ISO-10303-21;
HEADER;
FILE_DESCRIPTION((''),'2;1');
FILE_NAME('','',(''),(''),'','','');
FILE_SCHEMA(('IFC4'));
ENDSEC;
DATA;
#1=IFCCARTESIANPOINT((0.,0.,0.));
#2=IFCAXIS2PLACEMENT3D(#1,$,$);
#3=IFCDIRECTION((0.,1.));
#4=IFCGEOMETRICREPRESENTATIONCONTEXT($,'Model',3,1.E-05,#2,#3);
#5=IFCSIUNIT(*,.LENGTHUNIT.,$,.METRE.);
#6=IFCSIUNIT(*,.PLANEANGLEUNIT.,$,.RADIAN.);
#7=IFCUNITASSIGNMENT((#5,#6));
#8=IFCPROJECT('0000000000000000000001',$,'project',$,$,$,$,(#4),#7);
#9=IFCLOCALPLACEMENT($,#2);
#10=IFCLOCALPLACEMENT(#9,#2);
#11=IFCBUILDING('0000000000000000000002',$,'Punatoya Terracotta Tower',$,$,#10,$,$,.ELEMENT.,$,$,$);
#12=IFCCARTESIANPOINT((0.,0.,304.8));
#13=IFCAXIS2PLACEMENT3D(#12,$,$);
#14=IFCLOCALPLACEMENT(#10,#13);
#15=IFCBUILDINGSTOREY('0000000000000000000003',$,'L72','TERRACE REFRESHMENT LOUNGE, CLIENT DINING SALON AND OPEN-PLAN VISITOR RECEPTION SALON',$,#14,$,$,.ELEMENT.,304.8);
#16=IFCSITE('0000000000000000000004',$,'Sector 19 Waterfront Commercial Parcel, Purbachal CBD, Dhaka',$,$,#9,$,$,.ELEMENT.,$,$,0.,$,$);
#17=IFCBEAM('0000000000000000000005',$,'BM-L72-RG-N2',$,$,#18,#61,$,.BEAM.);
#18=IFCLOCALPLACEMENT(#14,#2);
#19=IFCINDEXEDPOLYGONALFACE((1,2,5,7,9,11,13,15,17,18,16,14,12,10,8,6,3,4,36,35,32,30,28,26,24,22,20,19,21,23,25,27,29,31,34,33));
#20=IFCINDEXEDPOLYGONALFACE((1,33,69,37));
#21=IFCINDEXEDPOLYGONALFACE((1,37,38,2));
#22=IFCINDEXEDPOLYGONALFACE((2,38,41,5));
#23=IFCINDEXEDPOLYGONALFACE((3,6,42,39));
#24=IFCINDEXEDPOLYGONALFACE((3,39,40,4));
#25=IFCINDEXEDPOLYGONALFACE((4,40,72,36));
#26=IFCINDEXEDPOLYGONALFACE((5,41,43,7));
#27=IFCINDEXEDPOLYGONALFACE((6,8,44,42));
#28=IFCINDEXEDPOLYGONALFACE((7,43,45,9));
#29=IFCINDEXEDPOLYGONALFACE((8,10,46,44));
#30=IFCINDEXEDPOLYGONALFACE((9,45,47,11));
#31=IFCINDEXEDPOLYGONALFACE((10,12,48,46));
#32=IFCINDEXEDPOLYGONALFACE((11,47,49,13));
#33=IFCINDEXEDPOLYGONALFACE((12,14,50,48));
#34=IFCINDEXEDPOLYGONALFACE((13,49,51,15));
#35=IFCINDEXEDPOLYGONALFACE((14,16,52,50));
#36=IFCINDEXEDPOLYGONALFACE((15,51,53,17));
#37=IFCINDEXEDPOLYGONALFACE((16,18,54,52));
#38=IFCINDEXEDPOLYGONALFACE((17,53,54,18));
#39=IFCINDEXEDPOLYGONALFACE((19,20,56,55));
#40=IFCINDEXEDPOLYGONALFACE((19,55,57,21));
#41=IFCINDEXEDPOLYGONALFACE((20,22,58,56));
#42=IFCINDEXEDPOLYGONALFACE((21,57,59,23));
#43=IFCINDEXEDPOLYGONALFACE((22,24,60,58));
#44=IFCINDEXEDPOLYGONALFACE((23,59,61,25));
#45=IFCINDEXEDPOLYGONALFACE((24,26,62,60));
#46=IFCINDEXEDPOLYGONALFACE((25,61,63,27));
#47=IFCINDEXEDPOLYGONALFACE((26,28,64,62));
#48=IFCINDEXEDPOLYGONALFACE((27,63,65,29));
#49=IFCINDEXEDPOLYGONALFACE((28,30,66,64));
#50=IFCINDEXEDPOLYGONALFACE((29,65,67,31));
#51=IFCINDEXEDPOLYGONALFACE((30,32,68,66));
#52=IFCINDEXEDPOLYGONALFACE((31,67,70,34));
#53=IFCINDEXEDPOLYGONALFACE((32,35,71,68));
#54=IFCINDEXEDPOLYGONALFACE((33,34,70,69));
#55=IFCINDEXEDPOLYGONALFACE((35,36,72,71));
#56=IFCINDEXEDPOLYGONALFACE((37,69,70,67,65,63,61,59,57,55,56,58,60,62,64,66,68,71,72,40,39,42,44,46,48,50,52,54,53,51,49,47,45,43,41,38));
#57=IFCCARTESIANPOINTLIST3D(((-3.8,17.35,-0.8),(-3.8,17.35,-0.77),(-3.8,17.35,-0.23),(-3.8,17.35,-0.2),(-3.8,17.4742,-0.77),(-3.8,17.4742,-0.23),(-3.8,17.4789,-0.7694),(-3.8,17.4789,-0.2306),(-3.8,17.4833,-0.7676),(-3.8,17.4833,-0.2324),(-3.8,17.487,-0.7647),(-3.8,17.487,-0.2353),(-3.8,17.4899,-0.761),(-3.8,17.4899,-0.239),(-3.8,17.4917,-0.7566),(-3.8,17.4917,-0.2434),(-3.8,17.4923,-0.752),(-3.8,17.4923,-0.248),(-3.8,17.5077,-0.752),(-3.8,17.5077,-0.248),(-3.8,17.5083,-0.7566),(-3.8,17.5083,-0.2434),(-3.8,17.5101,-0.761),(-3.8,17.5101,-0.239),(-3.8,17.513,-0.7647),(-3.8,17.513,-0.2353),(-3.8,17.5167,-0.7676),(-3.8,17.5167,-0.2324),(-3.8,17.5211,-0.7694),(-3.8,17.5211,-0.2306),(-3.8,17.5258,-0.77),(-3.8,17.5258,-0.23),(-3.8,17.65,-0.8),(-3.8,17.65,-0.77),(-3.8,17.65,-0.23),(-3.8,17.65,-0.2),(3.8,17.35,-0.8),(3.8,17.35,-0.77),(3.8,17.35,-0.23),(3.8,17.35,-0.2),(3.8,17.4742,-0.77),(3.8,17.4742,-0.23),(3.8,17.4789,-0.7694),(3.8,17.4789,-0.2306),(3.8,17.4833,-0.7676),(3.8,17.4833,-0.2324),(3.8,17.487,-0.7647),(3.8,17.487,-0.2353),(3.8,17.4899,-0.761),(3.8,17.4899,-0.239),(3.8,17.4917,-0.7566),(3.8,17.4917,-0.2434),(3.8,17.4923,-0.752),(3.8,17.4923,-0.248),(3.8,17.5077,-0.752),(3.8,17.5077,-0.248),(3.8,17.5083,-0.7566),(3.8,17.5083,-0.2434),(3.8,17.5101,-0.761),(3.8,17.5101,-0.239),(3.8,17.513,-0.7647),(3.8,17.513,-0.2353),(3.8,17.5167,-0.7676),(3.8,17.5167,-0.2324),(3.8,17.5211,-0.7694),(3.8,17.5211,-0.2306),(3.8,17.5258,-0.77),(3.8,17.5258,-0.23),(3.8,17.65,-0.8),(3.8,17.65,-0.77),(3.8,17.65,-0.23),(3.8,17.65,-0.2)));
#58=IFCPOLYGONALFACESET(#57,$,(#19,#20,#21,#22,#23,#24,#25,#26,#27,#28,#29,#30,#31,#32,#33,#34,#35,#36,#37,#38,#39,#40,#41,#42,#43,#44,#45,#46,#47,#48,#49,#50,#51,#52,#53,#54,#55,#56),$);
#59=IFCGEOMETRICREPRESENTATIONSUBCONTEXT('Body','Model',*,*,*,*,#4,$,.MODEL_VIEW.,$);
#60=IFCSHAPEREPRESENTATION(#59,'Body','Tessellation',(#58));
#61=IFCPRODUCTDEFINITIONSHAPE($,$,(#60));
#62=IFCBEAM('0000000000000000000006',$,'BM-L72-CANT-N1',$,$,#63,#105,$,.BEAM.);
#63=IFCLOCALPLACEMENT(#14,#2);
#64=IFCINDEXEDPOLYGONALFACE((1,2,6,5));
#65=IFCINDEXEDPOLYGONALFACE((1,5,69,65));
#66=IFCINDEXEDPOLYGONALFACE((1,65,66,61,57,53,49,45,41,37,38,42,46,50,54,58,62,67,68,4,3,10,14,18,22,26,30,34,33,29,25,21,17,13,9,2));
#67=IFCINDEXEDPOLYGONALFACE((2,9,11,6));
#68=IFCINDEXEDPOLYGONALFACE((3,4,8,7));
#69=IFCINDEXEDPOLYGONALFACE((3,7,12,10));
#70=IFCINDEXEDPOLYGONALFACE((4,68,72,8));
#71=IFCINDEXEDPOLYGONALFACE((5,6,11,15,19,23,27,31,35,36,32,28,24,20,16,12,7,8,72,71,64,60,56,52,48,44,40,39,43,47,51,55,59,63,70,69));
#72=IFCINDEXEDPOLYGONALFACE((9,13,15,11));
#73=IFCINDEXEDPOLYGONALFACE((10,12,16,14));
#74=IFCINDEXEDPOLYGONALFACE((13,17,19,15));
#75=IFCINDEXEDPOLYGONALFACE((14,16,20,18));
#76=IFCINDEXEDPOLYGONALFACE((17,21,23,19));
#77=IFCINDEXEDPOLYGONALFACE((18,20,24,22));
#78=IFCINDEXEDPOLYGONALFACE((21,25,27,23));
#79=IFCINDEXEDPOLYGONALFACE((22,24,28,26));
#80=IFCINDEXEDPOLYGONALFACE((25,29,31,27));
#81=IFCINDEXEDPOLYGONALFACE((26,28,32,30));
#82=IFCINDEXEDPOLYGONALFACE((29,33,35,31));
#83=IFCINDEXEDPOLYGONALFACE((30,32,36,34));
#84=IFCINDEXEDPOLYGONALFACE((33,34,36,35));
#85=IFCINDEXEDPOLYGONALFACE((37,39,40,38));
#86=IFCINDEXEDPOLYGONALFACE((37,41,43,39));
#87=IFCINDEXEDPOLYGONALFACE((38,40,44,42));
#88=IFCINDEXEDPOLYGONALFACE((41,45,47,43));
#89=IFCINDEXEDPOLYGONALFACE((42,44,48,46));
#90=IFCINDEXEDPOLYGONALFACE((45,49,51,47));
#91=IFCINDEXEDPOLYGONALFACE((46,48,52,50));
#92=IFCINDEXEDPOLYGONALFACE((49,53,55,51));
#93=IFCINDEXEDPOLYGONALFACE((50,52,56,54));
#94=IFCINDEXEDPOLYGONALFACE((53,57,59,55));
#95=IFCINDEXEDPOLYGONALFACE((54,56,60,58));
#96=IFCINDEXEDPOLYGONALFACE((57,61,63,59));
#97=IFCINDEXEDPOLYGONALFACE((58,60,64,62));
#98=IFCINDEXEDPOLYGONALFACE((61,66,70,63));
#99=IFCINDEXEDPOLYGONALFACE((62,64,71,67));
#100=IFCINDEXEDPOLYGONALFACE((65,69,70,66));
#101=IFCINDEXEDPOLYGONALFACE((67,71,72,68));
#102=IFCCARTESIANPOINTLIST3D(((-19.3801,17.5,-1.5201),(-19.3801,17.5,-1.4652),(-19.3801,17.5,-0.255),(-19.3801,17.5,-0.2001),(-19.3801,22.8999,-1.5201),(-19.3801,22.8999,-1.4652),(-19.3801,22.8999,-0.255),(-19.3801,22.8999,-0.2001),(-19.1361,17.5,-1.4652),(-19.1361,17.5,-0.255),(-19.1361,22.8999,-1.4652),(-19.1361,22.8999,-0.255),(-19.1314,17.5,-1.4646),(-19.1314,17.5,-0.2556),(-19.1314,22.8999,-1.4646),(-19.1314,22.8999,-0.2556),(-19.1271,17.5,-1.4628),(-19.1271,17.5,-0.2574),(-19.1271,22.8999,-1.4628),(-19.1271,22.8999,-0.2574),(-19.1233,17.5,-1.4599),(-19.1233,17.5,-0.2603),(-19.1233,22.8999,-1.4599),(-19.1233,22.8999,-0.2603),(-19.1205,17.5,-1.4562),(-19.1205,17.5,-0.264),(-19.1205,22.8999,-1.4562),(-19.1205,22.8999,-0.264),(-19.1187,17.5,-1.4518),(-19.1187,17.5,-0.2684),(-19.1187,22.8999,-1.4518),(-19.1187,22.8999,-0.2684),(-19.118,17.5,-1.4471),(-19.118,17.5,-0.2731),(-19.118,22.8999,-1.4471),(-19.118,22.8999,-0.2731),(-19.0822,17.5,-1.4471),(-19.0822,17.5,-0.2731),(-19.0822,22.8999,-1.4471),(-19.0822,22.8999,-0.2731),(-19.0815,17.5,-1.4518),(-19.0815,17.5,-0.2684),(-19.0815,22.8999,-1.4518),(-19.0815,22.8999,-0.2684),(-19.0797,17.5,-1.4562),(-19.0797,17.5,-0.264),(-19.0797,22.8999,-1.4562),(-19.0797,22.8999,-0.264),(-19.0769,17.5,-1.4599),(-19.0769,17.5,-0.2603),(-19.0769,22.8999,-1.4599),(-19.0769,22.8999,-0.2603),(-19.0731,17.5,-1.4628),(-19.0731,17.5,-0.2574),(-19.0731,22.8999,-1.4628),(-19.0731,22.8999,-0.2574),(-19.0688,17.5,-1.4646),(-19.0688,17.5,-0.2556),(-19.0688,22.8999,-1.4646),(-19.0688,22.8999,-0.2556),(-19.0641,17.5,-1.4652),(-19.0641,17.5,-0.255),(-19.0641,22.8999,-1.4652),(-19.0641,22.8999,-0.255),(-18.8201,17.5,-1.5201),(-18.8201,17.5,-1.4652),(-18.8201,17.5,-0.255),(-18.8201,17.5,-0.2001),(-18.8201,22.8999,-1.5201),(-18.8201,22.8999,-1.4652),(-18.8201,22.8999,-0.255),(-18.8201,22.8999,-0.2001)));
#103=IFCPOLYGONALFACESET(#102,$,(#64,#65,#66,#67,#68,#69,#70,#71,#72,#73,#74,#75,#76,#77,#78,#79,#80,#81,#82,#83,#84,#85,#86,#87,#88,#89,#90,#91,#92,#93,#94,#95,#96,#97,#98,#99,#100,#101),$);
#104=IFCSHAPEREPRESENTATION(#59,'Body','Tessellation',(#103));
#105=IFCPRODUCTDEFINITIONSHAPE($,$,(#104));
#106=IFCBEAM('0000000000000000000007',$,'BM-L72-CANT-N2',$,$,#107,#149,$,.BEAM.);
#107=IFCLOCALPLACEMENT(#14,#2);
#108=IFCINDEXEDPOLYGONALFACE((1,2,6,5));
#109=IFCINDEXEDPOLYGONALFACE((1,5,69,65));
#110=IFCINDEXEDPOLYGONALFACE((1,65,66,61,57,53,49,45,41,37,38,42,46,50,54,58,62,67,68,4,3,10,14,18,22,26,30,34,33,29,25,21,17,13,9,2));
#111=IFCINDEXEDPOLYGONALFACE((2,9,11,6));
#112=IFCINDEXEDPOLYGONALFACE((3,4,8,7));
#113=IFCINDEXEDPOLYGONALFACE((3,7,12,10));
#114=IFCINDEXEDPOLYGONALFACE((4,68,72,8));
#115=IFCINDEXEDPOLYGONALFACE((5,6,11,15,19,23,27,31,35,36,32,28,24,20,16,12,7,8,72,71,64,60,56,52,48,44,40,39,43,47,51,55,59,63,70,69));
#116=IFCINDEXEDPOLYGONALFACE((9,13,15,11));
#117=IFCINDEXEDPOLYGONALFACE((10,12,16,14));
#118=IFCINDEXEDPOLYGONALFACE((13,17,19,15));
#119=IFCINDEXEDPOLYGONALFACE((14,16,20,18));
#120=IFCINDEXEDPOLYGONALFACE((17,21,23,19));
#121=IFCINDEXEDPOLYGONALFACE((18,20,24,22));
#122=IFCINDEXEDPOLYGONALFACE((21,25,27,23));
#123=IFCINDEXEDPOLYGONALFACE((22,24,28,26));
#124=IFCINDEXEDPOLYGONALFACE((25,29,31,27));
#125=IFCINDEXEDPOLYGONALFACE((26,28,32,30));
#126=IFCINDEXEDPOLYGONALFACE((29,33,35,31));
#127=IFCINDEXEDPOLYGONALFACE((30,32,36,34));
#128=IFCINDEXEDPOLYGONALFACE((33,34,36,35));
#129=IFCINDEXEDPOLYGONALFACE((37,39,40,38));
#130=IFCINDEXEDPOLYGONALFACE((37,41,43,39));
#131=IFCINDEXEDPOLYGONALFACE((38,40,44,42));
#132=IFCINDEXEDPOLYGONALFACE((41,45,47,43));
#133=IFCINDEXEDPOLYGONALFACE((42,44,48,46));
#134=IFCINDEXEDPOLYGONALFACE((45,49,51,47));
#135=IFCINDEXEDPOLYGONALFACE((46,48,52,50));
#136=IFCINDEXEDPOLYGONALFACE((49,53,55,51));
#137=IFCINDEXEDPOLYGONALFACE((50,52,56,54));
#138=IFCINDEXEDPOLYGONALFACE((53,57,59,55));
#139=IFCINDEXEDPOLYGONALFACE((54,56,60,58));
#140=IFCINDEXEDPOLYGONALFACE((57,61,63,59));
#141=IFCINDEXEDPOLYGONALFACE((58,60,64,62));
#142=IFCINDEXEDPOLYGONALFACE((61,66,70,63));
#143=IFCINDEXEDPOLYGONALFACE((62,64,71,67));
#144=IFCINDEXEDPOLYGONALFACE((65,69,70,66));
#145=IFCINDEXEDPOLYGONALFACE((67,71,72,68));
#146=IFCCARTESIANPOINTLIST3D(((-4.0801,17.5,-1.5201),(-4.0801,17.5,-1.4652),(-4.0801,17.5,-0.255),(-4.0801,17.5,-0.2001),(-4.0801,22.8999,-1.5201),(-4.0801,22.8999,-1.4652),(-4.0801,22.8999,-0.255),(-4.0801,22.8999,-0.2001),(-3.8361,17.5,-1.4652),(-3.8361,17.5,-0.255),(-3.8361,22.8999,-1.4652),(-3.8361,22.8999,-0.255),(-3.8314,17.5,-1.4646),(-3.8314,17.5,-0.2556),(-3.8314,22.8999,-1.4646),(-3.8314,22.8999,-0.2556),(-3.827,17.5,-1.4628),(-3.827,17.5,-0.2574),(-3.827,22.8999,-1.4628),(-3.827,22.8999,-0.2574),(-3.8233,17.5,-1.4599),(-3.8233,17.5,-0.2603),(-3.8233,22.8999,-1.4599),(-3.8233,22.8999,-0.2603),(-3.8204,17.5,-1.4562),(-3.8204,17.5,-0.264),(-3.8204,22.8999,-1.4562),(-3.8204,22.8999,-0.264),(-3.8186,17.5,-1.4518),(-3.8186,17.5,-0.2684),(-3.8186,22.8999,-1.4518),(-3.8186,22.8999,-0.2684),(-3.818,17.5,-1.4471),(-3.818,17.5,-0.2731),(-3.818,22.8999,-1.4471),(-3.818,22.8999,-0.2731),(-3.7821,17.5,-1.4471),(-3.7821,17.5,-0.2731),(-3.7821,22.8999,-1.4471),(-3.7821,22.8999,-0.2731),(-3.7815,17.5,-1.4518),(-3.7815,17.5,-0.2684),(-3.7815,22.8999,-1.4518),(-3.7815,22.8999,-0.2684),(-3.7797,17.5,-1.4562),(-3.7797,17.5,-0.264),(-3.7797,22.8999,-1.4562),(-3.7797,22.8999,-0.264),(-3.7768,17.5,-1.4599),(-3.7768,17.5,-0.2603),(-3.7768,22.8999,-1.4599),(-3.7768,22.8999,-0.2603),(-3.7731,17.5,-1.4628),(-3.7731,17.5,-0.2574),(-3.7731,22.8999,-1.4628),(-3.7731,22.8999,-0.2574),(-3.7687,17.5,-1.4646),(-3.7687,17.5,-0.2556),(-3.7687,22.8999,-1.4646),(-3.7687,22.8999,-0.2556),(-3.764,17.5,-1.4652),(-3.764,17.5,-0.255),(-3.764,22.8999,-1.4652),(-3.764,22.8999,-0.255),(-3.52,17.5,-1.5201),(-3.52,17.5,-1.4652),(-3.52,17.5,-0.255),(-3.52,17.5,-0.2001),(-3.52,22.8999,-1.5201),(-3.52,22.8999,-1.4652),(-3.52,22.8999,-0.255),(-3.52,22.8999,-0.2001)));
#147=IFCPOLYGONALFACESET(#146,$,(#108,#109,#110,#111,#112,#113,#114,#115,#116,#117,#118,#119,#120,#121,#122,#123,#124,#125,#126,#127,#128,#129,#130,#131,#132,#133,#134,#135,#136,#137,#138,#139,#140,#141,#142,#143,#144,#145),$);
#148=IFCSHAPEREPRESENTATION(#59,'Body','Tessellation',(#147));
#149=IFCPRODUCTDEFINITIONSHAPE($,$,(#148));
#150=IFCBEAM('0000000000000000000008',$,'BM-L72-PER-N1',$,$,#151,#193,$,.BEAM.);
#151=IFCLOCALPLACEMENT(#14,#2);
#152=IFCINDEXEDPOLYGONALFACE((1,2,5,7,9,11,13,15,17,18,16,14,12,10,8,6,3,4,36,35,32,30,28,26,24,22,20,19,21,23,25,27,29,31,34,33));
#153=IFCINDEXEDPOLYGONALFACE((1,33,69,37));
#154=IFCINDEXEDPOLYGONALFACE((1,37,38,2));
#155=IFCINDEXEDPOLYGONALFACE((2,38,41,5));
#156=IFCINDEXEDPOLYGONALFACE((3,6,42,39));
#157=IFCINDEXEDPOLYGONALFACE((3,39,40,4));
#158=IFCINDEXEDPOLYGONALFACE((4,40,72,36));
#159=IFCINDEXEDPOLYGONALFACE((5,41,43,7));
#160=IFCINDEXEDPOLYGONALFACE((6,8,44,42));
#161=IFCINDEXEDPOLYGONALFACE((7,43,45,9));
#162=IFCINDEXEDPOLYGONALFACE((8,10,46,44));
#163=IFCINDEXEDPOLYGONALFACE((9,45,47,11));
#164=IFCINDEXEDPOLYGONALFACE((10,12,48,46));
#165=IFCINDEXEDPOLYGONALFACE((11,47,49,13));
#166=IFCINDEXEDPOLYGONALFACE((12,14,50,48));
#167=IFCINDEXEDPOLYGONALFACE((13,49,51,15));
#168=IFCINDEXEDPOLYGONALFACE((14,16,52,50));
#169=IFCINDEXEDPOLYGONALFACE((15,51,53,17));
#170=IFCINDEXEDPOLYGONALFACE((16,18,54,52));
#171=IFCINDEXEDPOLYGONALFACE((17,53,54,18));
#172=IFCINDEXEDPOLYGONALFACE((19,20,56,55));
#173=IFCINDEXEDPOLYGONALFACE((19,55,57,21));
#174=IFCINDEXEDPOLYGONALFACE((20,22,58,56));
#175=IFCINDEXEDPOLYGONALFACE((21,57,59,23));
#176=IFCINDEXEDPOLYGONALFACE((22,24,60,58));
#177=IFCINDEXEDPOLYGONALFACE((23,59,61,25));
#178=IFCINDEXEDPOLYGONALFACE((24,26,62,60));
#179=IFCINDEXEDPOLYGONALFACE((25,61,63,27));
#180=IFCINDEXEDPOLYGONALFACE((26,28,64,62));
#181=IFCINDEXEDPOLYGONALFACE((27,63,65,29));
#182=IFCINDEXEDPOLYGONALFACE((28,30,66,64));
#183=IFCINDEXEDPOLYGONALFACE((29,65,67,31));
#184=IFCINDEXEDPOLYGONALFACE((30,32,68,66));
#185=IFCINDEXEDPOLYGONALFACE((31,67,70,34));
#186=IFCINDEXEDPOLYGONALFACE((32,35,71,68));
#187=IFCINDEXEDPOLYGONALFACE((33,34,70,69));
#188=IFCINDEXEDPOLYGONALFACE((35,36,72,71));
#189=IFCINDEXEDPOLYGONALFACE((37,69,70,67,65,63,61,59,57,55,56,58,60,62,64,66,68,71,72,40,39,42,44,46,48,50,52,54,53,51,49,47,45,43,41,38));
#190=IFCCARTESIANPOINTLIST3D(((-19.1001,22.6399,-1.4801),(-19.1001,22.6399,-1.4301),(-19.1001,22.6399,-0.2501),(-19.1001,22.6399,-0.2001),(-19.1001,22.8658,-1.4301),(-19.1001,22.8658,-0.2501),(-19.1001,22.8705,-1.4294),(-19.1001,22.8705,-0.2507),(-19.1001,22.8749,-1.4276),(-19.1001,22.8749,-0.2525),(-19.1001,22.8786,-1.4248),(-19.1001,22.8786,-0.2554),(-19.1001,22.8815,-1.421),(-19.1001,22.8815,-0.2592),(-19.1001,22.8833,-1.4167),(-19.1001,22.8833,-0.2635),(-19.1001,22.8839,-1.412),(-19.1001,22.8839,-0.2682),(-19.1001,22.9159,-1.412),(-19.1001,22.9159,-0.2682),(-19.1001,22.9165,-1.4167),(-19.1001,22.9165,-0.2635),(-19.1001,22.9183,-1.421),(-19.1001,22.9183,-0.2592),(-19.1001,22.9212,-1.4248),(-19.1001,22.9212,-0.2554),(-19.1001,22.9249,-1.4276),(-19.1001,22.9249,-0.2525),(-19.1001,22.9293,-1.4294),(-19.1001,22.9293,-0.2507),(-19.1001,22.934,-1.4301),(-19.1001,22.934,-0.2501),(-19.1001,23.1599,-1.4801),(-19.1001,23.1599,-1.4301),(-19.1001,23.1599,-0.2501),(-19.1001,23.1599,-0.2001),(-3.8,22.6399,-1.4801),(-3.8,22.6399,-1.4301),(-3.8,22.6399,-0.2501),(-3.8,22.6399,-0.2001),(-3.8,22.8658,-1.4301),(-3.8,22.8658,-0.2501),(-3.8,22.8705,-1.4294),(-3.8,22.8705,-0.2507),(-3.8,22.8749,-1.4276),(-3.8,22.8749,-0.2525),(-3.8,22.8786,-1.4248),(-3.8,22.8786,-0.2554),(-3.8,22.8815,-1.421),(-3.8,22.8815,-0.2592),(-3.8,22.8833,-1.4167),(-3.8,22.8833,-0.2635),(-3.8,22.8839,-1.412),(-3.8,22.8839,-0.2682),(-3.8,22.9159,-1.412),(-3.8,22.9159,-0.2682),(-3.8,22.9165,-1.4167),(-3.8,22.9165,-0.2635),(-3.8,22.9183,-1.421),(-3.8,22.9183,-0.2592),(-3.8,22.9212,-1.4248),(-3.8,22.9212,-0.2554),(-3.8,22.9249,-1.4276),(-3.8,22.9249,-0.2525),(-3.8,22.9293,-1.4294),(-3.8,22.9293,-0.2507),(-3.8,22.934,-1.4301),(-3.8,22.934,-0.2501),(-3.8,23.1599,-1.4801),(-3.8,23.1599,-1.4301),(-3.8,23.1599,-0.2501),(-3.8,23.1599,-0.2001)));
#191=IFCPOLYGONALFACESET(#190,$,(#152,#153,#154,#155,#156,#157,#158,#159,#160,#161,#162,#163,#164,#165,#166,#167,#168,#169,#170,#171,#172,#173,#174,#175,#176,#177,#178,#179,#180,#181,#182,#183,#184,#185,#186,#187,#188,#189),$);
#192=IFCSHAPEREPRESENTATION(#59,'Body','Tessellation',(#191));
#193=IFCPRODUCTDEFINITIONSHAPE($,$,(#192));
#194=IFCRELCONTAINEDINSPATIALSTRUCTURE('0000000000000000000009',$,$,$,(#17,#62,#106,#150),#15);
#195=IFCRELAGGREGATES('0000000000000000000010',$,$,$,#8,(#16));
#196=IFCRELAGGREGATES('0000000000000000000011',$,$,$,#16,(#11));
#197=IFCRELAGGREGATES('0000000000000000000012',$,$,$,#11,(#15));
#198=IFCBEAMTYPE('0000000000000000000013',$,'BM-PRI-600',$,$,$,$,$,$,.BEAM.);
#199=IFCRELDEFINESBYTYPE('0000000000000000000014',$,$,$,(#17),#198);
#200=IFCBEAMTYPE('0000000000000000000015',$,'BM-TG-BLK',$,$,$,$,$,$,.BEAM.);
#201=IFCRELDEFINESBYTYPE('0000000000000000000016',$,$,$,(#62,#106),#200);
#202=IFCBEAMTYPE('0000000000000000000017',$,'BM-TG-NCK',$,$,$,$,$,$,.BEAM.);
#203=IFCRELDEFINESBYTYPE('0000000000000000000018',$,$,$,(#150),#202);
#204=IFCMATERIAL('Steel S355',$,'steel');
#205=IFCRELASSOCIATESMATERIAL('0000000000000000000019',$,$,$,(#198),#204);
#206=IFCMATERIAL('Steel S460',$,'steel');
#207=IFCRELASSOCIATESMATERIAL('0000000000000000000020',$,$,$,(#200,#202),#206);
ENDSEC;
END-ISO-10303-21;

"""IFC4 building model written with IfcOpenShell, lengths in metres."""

from ifc_helpers import new_model, si_unit, direction, frame, origin, origin_2d, place, context, subcontext, project, spatial, i_section, extrude, material, material_profile, profile_set, type_object, element, save


model = new_model("IFC4")

# Units and contexts
model_context = context("Model", 3, precision=1e-05, world=origin(), true_north=direction((0.0, 1.0)))
body_context = subcontext(model_context, "Body", "Model", "MODEL_VIEW")
ifc_project = project(units=[si_unit("LENGTHUNIT", "METRE"), si_unit("PLANEANGLEUNIT", "RADIAN")], contexts=[model_context])

# Site, building, storey
site_placement = place(None, origin())
site = spatial("IfcSite", under=ifc_project, at=site_placement, Name="Sector 19 Waterfront Commercial Parcel, Purbachal CBD, Dhaka", CompositionType="ELEMENT", RefElevation=0.0)
building_placement = place(site_placement, origin())
building = spatial("IfcBuilding", under=site, at=building_placement, Name="Punatoya Terracotta Tower", CompositionType="ELEMENT")
storey_placement = place(building_placement, frame((0.0, 0.0, 304.8)))
storey = spatial("IfcBuildingStorey", under=building, at=storey_placement, Name="L72", Description="TERRACE REFRESHMENT LOUNGE, CLIENT DINING SALON AND OPEN-PLAN VISITOR RECEPTION SALON", CompositionType="ELEMENT", Elevation=304.8)

# Shared definitions
ifc_material_1 = material(Name="Steel S460", Category="steel")

# Beams
ifc_material_2 = material(Name="Steel S355", Category="steel")
ifc_material_profile_1 = material_profile(ifc_material_2, i_section(OverallWidth=0.3, OverallDepth=0.6001, WebThickness=0.0154, FlangeThickness=0.03, FilletRadius=0.0181, at=origin_2d()))
ifc_profile_set_1 = profile_set([ifc_material_profile_1], Name="Steel S355")
beam_type_1 = type_object("IfcBeamType", Name="BM-PRI-600", PredefinedType="BEAM", material=ifc_profile_set_1)
beam_1_placement = place(storey_placement, frame((-3.8, 17.5, -0.5), z_axis=(1.0, 0.0, 0.0), x_axis=(0.0, 1.0, 0.0)))
element("IfcBeam", 1, at=beam_1_placement, inside=storey, type_object=beam_type_1, Name="BM-L72-RG-N2", PredefinedType="BEAM", context=body_context, shape_type="SweptSolid", body=[
    extrude(i_section(OverallWidth=0.3, OverallDepth=0.6001, WebThickness=0.0154, FlangeThickness=0.03, FilletRadius=0.0181, at=origin_2d()), origin(), (0.0, 0.0, 1.0), 7.6001),
])
ifc_material_profile_2 = material_profile(ifc_material_1, i_section(OverallWidth=0.5601, OverallDepth=1.3201, WebThickness=0.0359, FlangeThickness=0.0549, FilletRadius=0.0181, at=origin_2d()))
ifc_profile_set_2 = profile_set([ifc_material_profile_2], Name="Steel S460")
beam_type_2 = type_object("IfcBeamType", Name="BM-TG-BLK", PredefinedType="BEAM", material=ifc_profile_set_2)
for number, where, z_axis, x_axis, name in (
    (2, (-19.1001, 17.5, -0.8601), (0.0, 1.0, 0.0), (-1.0, 0.0, 0.0), "BM-L72-CANT-N1"),
    (3, (-3.8, 17.5, -0.8601), (0.0, 1.0, 0.0), (-1.0, 0.0, 0.0), "BM-L72-CANT-N2"),
):
    element("IfcBeam", number, at=place(storey_placement, frame(where, z_axis=z_axis, x_axis=x_axis)), inside=storey, type_object=beam_type_2, Name=name, PredefinedType="BEAM", context=body_context, shape_type="SweptSolid", body=[
        extrude(i_section(OverallWidth=0.5601, OverallDepth=1.3201, WebThickness=0.0359, FlangeThickness=0.0549, FilletRadius=0.0181, at=origin_2d()), origin(), (0.0, 0.0, 1.0), 5.3999),
    ])
ifc_material_profile_3 = material_profile(ifc_material_1, i_section(OverallWidth=0.52, OverallDepth=1.28, WebThickness=0.032, FlangeThickness=0.05, FilletRadius=0.0181, at=origin_2d()))
ifc_profile_set_3 = profile_set([ifc_material_profile_3], Name="Steel S460")
beam_type_3 = type_object("IfcBeamType", Name="BM-TG-NCK", PredefinedType="BEAM", material=ifc_profile_set_3)
beam_2_placement = place(storey_placement, frame((-19.1001, 22.8999, -0.8401), z_axis=(1.0, 0.0, 0.0), x_axis=(0.0, 1.0, 0.0)))
element("IfcBeam", 4, at=beam_2_placement, inside=storey, type_object=beam_type_3, Name="BM-L72-PER-N1", PredefinedType="BEAM", context=body_context, shape_type="SweptSolid", body=[
    extrude(i_section(OverallWidth=0.52, OverallDepth=1.28, WebThickness=0.032, FlangeThickness=0.05, FilletRadius=0.0181, at=origin_2d()), origin(), (0.0, 0.0, 1.0), 15.3),
])

save(model, "model.ifc")
